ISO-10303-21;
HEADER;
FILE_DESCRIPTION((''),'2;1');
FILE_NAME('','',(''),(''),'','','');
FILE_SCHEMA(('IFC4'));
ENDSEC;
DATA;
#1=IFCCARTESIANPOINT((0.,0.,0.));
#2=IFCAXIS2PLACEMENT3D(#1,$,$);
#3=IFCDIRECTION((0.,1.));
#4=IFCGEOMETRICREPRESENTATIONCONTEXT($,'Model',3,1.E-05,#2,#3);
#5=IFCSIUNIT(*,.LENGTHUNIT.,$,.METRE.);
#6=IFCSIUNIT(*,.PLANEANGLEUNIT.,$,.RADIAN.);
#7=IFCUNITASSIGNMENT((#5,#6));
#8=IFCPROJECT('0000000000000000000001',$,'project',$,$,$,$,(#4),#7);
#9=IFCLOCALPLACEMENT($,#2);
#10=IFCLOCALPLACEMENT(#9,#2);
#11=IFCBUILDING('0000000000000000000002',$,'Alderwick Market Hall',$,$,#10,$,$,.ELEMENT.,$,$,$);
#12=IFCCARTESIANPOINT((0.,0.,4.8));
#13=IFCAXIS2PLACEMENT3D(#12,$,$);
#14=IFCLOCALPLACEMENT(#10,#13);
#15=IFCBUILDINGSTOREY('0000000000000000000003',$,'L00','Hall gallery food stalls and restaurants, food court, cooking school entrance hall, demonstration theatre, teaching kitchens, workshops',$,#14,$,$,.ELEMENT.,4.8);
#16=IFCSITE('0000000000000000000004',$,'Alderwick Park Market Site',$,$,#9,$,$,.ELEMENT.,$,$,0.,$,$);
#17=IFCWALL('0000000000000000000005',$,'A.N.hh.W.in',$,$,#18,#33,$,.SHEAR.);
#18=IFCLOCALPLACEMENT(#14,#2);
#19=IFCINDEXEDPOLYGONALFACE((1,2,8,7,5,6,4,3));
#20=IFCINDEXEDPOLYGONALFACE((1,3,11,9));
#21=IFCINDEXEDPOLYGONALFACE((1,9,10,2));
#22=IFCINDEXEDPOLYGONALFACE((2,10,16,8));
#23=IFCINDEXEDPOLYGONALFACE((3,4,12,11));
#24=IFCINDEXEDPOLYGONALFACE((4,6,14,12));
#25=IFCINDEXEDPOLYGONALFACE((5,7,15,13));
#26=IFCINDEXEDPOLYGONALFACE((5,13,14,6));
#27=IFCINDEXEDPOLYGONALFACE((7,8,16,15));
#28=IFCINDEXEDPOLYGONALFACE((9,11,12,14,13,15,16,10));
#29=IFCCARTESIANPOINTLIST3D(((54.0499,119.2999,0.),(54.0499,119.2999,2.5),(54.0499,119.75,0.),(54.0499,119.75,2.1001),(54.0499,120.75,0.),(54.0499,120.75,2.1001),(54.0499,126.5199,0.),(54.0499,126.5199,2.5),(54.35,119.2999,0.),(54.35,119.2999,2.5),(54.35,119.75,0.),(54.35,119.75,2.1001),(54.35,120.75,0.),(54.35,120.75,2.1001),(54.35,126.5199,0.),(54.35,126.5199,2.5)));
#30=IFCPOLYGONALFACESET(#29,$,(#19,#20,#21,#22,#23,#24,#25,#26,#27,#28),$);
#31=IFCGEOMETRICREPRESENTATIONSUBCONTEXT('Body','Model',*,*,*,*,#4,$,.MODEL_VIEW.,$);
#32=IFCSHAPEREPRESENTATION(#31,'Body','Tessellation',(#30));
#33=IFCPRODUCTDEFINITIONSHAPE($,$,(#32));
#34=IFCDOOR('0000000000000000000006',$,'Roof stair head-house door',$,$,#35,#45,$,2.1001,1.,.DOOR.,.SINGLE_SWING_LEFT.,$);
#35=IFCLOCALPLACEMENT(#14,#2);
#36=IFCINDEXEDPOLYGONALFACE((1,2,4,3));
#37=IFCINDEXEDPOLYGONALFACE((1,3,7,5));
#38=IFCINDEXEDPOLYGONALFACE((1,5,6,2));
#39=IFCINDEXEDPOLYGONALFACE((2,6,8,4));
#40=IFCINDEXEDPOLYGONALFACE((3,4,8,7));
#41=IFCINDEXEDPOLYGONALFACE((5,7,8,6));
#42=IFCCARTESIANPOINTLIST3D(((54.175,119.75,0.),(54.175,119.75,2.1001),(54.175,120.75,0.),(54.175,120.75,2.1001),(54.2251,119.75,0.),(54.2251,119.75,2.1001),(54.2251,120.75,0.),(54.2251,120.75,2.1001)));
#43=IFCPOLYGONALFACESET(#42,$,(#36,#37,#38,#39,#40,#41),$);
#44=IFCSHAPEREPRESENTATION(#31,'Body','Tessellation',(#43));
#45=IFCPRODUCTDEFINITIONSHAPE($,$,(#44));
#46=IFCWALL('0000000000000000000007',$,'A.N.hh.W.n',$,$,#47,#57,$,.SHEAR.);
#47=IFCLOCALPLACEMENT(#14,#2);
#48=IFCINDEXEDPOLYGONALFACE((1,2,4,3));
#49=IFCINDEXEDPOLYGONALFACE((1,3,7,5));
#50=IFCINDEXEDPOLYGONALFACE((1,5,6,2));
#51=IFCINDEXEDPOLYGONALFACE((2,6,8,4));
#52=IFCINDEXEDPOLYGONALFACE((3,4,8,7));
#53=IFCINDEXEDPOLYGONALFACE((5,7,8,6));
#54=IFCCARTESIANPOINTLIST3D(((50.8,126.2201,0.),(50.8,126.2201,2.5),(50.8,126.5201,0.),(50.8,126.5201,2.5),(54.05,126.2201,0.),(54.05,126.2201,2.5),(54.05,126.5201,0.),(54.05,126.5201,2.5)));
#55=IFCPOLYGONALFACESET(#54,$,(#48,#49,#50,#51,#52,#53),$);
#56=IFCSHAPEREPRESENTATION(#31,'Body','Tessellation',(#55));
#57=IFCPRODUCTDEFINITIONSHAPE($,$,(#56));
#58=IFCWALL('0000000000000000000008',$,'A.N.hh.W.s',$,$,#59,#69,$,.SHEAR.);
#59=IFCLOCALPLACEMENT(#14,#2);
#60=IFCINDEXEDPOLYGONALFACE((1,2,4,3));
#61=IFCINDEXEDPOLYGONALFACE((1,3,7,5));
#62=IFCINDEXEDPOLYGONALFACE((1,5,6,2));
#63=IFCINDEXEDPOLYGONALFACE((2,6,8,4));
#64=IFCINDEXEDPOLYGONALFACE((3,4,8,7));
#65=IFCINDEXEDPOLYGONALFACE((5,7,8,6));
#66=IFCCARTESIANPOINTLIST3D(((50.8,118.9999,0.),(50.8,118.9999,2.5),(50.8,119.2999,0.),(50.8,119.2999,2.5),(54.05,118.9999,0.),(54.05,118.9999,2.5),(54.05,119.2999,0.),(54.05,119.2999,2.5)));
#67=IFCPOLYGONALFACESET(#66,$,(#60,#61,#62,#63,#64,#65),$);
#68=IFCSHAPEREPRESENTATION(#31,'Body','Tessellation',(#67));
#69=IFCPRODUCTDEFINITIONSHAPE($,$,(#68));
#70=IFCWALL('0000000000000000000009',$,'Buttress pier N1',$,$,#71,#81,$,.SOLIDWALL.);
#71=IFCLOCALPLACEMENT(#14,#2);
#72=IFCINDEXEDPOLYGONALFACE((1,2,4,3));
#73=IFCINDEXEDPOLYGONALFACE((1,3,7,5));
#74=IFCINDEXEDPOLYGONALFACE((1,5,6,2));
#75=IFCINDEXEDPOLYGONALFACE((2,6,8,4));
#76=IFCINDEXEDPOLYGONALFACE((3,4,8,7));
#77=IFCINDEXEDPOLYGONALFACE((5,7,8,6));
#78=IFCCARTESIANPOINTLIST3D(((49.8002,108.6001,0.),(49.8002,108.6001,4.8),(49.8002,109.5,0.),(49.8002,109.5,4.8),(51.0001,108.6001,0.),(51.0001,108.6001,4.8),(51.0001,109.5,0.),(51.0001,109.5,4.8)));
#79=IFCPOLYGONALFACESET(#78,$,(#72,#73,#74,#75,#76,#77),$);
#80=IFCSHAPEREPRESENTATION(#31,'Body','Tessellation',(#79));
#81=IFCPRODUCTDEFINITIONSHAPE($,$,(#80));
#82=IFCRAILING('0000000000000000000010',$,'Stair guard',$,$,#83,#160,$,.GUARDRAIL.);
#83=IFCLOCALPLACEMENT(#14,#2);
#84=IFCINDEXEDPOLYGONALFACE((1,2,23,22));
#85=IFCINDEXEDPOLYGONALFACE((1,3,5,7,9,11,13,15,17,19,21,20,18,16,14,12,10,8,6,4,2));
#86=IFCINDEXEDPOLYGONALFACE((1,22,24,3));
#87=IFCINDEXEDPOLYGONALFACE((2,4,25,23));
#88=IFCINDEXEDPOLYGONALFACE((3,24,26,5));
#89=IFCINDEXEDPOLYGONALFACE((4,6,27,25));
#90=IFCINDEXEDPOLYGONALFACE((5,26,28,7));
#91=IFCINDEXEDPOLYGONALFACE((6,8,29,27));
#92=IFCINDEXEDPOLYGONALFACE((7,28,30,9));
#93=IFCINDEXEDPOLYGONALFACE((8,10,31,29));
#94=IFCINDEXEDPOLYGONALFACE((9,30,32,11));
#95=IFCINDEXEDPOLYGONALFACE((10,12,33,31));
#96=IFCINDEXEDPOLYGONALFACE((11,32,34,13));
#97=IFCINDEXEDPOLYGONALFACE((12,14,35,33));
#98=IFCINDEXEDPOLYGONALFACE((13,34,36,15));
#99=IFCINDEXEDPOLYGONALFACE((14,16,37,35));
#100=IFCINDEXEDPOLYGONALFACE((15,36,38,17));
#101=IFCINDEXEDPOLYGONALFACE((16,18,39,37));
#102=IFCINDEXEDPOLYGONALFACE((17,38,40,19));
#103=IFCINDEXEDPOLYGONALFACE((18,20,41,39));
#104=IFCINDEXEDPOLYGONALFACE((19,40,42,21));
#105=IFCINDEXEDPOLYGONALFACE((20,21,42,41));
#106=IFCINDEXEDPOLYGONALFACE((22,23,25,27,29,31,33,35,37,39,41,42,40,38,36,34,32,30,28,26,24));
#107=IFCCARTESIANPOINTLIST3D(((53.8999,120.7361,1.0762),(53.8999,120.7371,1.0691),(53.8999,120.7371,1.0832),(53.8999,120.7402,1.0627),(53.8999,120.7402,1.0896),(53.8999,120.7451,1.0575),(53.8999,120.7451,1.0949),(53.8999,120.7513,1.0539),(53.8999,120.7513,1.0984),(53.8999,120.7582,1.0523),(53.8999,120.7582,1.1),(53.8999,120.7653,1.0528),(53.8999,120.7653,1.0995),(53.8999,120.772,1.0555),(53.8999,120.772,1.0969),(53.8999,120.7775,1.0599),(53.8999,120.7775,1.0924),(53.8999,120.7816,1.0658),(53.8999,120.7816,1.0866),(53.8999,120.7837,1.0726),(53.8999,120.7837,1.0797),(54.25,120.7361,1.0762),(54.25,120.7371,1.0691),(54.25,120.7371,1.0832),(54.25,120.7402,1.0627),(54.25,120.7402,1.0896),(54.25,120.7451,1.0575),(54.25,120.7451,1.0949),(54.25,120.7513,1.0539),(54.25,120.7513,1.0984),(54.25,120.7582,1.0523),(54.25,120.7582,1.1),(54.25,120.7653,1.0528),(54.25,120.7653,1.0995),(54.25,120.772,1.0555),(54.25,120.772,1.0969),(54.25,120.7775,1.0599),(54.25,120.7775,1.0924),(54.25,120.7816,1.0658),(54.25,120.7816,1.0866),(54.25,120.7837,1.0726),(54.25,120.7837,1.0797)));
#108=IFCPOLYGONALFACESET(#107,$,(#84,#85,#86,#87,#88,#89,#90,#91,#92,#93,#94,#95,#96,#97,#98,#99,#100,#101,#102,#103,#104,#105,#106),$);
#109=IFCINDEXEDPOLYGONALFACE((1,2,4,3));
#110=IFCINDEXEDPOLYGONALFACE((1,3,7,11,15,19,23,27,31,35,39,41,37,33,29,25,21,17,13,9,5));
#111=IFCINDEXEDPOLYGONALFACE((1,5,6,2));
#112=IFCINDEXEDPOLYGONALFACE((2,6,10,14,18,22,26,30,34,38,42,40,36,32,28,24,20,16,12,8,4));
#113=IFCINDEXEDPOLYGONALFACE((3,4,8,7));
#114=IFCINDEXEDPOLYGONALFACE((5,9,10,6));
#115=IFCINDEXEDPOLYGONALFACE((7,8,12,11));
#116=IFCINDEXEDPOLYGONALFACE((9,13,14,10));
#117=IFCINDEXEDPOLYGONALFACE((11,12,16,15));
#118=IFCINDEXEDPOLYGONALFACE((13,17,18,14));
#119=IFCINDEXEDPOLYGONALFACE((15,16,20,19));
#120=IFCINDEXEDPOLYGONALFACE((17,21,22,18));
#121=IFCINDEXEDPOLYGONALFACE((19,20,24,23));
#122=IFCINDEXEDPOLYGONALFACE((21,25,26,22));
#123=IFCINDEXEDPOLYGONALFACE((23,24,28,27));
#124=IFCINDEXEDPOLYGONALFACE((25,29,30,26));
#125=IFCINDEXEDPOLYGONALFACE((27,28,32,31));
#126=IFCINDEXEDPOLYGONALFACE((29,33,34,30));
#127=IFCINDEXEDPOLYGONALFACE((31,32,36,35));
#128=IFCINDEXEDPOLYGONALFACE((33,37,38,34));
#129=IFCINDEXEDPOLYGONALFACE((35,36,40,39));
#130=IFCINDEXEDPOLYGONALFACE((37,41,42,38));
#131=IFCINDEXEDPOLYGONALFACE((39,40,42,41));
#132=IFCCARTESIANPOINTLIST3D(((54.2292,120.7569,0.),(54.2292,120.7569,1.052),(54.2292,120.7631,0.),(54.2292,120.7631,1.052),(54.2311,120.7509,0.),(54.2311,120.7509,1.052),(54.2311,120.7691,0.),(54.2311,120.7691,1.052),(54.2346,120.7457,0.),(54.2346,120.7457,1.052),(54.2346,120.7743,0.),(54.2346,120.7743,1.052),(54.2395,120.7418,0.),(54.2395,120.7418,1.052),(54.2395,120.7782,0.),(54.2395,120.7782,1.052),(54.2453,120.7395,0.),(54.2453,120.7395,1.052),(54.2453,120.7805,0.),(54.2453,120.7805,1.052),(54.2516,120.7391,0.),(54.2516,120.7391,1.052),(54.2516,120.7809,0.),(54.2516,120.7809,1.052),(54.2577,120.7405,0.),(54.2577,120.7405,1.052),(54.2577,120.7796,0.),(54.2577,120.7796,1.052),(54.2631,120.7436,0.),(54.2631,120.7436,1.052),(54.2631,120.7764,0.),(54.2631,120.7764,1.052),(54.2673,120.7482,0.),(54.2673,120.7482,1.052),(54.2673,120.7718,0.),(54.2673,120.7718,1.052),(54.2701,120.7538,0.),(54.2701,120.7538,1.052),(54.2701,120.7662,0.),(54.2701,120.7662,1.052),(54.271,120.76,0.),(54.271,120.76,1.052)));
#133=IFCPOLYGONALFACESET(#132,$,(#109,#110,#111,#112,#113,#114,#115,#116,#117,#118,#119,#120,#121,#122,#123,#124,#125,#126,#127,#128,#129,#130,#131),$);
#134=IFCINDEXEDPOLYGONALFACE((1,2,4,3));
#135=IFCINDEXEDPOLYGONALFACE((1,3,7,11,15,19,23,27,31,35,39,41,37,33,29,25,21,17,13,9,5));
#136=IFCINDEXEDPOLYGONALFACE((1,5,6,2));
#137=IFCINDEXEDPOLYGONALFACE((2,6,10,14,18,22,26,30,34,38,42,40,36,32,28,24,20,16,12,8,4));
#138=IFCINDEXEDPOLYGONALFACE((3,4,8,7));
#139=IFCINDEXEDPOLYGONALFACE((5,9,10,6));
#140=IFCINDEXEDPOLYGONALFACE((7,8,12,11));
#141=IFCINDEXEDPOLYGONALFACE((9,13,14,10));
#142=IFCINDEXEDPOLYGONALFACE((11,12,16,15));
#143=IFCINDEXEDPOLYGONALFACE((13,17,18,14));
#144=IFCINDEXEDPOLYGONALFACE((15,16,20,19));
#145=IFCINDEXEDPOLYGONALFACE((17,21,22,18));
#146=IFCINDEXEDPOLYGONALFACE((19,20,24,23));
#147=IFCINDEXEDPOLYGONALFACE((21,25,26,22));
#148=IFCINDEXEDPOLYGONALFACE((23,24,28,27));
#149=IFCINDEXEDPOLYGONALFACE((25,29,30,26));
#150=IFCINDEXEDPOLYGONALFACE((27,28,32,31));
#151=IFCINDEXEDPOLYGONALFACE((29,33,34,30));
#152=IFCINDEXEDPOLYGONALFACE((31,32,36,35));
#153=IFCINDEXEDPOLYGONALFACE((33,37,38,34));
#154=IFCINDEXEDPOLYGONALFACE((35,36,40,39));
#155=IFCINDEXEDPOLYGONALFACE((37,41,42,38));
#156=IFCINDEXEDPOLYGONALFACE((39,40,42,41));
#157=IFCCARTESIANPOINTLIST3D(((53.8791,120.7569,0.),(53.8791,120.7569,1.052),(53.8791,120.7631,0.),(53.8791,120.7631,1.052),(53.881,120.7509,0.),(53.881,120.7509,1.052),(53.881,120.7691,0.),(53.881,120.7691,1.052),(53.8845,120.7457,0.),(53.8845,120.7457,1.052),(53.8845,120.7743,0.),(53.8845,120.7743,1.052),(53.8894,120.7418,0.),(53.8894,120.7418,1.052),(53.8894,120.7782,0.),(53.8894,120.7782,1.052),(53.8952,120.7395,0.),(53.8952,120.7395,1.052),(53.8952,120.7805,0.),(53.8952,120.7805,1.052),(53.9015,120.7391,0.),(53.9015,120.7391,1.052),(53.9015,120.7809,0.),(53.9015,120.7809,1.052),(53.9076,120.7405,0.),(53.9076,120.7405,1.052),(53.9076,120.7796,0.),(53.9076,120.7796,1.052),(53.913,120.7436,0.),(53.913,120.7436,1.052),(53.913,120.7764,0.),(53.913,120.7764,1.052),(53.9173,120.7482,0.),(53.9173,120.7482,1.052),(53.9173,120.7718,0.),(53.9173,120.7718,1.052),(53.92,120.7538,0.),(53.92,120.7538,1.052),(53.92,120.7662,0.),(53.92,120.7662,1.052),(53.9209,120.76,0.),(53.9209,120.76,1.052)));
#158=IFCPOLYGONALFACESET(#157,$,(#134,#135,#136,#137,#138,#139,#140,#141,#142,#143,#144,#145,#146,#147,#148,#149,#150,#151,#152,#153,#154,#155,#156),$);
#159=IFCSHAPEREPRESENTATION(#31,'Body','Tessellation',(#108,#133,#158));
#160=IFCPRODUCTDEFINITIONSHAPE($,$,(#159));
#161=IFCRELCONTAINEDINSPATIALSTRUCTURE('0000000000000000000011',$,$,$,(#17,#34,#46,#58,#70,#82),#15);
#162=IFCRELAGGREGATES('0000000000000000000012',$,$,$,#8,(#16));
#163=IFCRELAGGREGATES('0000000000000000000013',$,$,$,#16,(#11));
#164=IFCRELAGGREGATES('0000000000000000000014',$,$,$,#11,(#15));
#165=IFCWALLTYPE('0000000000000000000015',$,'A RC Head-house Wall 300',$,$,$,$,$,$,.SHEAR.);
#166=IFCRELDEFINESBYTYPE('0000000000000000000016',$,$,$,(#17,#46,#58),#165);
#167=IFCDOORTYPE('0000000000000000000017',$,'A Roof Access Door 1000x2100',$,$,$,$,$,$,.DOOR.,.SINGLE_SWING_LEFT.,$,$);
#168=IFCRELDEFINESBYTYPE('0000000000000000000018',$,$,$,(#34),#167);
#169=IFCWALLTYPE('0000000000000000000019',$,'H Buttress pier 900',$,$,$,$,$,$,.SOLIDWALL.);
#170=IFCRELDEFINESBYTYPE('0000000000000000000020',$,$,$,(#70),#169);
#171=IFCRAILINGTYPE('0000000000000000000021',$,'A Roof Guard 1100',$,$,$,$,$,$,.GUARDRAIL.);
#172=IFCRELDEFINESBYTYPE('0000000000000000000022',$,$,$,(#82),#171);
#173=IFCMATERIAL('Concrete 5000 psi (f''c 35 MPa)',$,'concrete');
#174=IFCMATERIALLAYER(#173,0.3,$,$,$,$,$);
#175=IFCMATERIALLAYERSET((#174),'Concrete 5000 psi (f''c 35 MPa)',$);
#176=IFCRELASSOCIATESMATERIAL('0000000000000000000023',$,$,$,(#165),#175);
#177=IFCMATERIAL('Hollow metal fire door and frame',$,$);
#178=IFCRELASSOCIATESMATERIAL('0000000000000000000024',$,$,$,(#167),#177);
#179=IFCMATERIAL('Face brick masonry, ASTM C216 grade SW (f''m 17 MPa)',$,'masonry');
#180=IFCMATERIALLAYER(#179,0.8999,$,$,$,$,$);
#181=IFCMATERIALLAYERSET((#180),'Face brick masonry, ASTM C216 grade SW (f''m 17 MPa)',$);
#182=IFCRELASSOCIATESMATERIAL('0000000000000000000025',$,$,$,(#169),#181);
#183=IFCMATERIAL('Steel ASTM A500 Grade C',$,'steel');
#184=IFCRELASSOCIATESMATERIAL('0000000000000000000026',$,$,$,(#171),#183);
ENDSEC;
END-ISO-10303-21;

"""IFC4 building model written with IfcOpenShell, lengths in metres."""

from ifc_helpers import new_model, si_unit, direction, frame, frame_2d, origin, origin_2d, place, context, subcontext, project, spatial, rectangle, circle, extrude, material, layer, layer_set, type_object, element, fill, save


model = new_model("IFC4")

# Units and contexts
model_context = context("Model", 3, precision=1e-05, world=origin(), true_north=direction((0.0, 1.0)))
body_context = subcontext(model_context, "Body", "Model", "MODEL_VIEW")
ifc_project = project(units=[si_unit("LENGTHUNIT", "METRE"), si_unit("PLANEANGLEUNIT", "RADIAN")], contexts=[model_context])

# Site, building, storey
site_placement = place(None, origin())
site = spatial("IfcSite", under=ifc_project, at=site_placement, Name="Alderwick Park Market Site", CompositionType="ELEMENT", RefElevation=0.0)
building_placement = place(site_placement, origin())
building = spatial("IfcBuilding", under=site, at=building_placement, Name="Alderwick Market Hall", CompositionType="ELEMENT")
storey_placement = place(building_placement, frame((0.0, 0.0, 4.8)))
storey = spatial("IfcBuildingStorey", under=building, at=storey_placement, Name="L00", Description="Hall gallery food stalls and restaurants, food court, cooking school entrance hall, demonstration theatre, teaching kitchens, workshops", CompositionType="ELEMENT", Elevation=4.8)

# Shared definitions
ifc_material_1 = material(Name="Concrete 5000 psi (f'c 35 MPa)", Category="concrete")

# Wall, opening, door
ifc_layer_1 = layer(ifc_material_1, 0.3)
ifc_layer_set_1 = layer_set([ifc_layer_1], Name="Concrete 5000 psi (f'c 35 MPa)")
wall_type_1 = type_object("IfcWallType", Name="A RC Head-house Wall 300", PredefinedType="SHEAR", material=ifc_layer_set_1)
wall_1_placement = place(storey_placement, frame((54.2, 119.3, 0.0), z_axis=(0.0, 0.0, 1.0), x_axis=(0.0, 1.0, 0.0)))
wall_1 = element("IfcWall", 1, at=wall_1_placement, inside=storey, type_object=wall_type_1, Name="A.N.hh.W.in", PredefinedType="SHEAR", context=body_context, shape_type="SweptSolid", body=[
    extrude(rectangle(XDim=7.22, YDim=0.3, at=frame_2d((3.6099, 0.0))), origin(), (0.0, 0.0, 1.0), 2.5),
])
opening_placement = place(wall_1_placement, frame((0.45, 0.0, 0.0)))
opening = element("IfcOpeningElement", 2, at=opening_placement, cuts=wall_1, PredefinedType="OPENING", context=body_context, shape_type="SweptSolid", body=[
    extrude(rectangle(XDim=1.0, YDim=2.1001, at=frame_2d((0.5, 1.05))), frame((0.0, 0.1599, 0.0), z_axis=(0.0, -1.0, 0.0), x_axis=(1.0, 0.0, 0.0)), (0.0, 0.0, 1.0), 0.3201),
])
ifc_material_2 = material(Name="Hollow metal fire door and frame")
door_type = type_object("IfcDoorType", Name="A Roof Access Door 1000x2100", OperationType="SINGLE_SWING_LEFT", PredefinedType="DOOR", material=ifc_material_2)
door_placement = place(opening_placement, origin())
door = element("IfcDoor", 3, at=door_placement, inside=storey, type_object=door_type, Name="Roof stair head-house door", OperationType="SINGLE_SWING_LEFT", OverallHeight=2.1001, OverallWidth=1.0, PredefinedType="DOOR", context=body_context, shape_type="SweptSolid", body=[
    extrude(rectangle(XDim=1.0, YDim=2.1001, at=frame_2d((0.5, 1.05))), frame((0.0, 0.0249, 0.0), z_axis=(0.0, -1.0, 0.0), x_axis=(1.0, 0.0, 0.0)), (0.0, 0.0, 1.0), 0.05),
])
fill(opening, door)

# Walls
for number, where, z_axis, x_axis, name in (
    (4, (50.8, 126.3701, 0.0), (0.0, 0.0, 1.0), (1.0, 0.0, 0.0), "A.N.hh.W.n"),
    (5, (50.8, 119.1499, 0.0), (0.0, 0.0, 1.0), (1.0, 0.0, 0.0), "A.N.hh.W.s"),
):
    element("IfcWall", number, at=place(storey_placement, frame(where, z_axis=z_axis, x_axis=x_axis)), inside=storey, type_object=wall_type_1, Name=name, PredefinedType="SHEAR", context=body_context, shape_type="SweptSolid", body=[
        extrude(rectangle(XDim=3.25, YDim=0.3, at=frame_2d((1.625, 0.0))), origin(), (0.0, 0.0, 1.0), 2.5),
    ])
ifc_material_3 = material(Name="Face brick masonry, ASTM C216 grade SW (f'm 17 MPa)", Category="masonry")
ifc_layer_2 = layer(ifc_material_3, 0.8999)
ifc_layer_set_2 = layer_set([ifc_layer_2], Name="Face brick masonry, ASTM C216 grade SW (f'm 17 MPa)")
wall_type_2 = type_object("IfcWallType", Name="H Buttress pier 900", PredefinedType="SOLIDWALL", material=ifc_layer_set_2)
wall_2_placement = place(storey_placement, frame((49.8, 109.05, 0.0), z_axis=(0.0, 0.0, 1.0), x_axis=(1.0, 0.0, 0.0)))
element("IfcWall", 6, at=wall_2_placement, inside=storey, type_object=wall_type_2, Name="Buttress pier N1", PredefinedType="SOLIDWALL", context=body_context, shape_type="SweptSolid", body=[
    extrude(rectangle(XDim=1.2, YDim=0.8999, at=frame_2d((0.6001, 0.0))), origin(), (0.0, 0.0, 1.0), 4.8),
])

# Railing
ifc_material_4 = material(Name="Steel ASTM A500 Grade C", Category="steel")
railing_type = type_object("IfcRailingType", Name="A Roof Guard 1100", PredefinedType="GUARDRAIL", material=ifc_material_4)
railing_1_placement = place(storey_placement, frame((54.25, 120.76, 0.0)))
element("IfcRailing", 7, at=railing_1_placement, inside=storey, type_object=railing_type, Name="Stair guard", PredefinedType="GUARDRAIL", context=body_context, shape_type="SweptSolid", body=[
    extrude(circle(Radius=0.0239, at=origin_2d()), frame((0.0, 0.0, 1.0762), z_axis=(-1.0, 0.0, 0.0), x_axis=(0.0, -1.0, 0.0)), (0.0, 0.0, 1.0), 0.3501),
    extrude(circle(Radius=0.021, at=origin_2d()), origin(), (0.0, 0.0, 1.0), 1.052),
    extrude(circle(Radius=0.021, at=origin_2d()), frame((-0.3501, 0.0, 0.0)), (0.0, 0.0, 1.0), 1.052),
])

save(model, "model.ifc")
